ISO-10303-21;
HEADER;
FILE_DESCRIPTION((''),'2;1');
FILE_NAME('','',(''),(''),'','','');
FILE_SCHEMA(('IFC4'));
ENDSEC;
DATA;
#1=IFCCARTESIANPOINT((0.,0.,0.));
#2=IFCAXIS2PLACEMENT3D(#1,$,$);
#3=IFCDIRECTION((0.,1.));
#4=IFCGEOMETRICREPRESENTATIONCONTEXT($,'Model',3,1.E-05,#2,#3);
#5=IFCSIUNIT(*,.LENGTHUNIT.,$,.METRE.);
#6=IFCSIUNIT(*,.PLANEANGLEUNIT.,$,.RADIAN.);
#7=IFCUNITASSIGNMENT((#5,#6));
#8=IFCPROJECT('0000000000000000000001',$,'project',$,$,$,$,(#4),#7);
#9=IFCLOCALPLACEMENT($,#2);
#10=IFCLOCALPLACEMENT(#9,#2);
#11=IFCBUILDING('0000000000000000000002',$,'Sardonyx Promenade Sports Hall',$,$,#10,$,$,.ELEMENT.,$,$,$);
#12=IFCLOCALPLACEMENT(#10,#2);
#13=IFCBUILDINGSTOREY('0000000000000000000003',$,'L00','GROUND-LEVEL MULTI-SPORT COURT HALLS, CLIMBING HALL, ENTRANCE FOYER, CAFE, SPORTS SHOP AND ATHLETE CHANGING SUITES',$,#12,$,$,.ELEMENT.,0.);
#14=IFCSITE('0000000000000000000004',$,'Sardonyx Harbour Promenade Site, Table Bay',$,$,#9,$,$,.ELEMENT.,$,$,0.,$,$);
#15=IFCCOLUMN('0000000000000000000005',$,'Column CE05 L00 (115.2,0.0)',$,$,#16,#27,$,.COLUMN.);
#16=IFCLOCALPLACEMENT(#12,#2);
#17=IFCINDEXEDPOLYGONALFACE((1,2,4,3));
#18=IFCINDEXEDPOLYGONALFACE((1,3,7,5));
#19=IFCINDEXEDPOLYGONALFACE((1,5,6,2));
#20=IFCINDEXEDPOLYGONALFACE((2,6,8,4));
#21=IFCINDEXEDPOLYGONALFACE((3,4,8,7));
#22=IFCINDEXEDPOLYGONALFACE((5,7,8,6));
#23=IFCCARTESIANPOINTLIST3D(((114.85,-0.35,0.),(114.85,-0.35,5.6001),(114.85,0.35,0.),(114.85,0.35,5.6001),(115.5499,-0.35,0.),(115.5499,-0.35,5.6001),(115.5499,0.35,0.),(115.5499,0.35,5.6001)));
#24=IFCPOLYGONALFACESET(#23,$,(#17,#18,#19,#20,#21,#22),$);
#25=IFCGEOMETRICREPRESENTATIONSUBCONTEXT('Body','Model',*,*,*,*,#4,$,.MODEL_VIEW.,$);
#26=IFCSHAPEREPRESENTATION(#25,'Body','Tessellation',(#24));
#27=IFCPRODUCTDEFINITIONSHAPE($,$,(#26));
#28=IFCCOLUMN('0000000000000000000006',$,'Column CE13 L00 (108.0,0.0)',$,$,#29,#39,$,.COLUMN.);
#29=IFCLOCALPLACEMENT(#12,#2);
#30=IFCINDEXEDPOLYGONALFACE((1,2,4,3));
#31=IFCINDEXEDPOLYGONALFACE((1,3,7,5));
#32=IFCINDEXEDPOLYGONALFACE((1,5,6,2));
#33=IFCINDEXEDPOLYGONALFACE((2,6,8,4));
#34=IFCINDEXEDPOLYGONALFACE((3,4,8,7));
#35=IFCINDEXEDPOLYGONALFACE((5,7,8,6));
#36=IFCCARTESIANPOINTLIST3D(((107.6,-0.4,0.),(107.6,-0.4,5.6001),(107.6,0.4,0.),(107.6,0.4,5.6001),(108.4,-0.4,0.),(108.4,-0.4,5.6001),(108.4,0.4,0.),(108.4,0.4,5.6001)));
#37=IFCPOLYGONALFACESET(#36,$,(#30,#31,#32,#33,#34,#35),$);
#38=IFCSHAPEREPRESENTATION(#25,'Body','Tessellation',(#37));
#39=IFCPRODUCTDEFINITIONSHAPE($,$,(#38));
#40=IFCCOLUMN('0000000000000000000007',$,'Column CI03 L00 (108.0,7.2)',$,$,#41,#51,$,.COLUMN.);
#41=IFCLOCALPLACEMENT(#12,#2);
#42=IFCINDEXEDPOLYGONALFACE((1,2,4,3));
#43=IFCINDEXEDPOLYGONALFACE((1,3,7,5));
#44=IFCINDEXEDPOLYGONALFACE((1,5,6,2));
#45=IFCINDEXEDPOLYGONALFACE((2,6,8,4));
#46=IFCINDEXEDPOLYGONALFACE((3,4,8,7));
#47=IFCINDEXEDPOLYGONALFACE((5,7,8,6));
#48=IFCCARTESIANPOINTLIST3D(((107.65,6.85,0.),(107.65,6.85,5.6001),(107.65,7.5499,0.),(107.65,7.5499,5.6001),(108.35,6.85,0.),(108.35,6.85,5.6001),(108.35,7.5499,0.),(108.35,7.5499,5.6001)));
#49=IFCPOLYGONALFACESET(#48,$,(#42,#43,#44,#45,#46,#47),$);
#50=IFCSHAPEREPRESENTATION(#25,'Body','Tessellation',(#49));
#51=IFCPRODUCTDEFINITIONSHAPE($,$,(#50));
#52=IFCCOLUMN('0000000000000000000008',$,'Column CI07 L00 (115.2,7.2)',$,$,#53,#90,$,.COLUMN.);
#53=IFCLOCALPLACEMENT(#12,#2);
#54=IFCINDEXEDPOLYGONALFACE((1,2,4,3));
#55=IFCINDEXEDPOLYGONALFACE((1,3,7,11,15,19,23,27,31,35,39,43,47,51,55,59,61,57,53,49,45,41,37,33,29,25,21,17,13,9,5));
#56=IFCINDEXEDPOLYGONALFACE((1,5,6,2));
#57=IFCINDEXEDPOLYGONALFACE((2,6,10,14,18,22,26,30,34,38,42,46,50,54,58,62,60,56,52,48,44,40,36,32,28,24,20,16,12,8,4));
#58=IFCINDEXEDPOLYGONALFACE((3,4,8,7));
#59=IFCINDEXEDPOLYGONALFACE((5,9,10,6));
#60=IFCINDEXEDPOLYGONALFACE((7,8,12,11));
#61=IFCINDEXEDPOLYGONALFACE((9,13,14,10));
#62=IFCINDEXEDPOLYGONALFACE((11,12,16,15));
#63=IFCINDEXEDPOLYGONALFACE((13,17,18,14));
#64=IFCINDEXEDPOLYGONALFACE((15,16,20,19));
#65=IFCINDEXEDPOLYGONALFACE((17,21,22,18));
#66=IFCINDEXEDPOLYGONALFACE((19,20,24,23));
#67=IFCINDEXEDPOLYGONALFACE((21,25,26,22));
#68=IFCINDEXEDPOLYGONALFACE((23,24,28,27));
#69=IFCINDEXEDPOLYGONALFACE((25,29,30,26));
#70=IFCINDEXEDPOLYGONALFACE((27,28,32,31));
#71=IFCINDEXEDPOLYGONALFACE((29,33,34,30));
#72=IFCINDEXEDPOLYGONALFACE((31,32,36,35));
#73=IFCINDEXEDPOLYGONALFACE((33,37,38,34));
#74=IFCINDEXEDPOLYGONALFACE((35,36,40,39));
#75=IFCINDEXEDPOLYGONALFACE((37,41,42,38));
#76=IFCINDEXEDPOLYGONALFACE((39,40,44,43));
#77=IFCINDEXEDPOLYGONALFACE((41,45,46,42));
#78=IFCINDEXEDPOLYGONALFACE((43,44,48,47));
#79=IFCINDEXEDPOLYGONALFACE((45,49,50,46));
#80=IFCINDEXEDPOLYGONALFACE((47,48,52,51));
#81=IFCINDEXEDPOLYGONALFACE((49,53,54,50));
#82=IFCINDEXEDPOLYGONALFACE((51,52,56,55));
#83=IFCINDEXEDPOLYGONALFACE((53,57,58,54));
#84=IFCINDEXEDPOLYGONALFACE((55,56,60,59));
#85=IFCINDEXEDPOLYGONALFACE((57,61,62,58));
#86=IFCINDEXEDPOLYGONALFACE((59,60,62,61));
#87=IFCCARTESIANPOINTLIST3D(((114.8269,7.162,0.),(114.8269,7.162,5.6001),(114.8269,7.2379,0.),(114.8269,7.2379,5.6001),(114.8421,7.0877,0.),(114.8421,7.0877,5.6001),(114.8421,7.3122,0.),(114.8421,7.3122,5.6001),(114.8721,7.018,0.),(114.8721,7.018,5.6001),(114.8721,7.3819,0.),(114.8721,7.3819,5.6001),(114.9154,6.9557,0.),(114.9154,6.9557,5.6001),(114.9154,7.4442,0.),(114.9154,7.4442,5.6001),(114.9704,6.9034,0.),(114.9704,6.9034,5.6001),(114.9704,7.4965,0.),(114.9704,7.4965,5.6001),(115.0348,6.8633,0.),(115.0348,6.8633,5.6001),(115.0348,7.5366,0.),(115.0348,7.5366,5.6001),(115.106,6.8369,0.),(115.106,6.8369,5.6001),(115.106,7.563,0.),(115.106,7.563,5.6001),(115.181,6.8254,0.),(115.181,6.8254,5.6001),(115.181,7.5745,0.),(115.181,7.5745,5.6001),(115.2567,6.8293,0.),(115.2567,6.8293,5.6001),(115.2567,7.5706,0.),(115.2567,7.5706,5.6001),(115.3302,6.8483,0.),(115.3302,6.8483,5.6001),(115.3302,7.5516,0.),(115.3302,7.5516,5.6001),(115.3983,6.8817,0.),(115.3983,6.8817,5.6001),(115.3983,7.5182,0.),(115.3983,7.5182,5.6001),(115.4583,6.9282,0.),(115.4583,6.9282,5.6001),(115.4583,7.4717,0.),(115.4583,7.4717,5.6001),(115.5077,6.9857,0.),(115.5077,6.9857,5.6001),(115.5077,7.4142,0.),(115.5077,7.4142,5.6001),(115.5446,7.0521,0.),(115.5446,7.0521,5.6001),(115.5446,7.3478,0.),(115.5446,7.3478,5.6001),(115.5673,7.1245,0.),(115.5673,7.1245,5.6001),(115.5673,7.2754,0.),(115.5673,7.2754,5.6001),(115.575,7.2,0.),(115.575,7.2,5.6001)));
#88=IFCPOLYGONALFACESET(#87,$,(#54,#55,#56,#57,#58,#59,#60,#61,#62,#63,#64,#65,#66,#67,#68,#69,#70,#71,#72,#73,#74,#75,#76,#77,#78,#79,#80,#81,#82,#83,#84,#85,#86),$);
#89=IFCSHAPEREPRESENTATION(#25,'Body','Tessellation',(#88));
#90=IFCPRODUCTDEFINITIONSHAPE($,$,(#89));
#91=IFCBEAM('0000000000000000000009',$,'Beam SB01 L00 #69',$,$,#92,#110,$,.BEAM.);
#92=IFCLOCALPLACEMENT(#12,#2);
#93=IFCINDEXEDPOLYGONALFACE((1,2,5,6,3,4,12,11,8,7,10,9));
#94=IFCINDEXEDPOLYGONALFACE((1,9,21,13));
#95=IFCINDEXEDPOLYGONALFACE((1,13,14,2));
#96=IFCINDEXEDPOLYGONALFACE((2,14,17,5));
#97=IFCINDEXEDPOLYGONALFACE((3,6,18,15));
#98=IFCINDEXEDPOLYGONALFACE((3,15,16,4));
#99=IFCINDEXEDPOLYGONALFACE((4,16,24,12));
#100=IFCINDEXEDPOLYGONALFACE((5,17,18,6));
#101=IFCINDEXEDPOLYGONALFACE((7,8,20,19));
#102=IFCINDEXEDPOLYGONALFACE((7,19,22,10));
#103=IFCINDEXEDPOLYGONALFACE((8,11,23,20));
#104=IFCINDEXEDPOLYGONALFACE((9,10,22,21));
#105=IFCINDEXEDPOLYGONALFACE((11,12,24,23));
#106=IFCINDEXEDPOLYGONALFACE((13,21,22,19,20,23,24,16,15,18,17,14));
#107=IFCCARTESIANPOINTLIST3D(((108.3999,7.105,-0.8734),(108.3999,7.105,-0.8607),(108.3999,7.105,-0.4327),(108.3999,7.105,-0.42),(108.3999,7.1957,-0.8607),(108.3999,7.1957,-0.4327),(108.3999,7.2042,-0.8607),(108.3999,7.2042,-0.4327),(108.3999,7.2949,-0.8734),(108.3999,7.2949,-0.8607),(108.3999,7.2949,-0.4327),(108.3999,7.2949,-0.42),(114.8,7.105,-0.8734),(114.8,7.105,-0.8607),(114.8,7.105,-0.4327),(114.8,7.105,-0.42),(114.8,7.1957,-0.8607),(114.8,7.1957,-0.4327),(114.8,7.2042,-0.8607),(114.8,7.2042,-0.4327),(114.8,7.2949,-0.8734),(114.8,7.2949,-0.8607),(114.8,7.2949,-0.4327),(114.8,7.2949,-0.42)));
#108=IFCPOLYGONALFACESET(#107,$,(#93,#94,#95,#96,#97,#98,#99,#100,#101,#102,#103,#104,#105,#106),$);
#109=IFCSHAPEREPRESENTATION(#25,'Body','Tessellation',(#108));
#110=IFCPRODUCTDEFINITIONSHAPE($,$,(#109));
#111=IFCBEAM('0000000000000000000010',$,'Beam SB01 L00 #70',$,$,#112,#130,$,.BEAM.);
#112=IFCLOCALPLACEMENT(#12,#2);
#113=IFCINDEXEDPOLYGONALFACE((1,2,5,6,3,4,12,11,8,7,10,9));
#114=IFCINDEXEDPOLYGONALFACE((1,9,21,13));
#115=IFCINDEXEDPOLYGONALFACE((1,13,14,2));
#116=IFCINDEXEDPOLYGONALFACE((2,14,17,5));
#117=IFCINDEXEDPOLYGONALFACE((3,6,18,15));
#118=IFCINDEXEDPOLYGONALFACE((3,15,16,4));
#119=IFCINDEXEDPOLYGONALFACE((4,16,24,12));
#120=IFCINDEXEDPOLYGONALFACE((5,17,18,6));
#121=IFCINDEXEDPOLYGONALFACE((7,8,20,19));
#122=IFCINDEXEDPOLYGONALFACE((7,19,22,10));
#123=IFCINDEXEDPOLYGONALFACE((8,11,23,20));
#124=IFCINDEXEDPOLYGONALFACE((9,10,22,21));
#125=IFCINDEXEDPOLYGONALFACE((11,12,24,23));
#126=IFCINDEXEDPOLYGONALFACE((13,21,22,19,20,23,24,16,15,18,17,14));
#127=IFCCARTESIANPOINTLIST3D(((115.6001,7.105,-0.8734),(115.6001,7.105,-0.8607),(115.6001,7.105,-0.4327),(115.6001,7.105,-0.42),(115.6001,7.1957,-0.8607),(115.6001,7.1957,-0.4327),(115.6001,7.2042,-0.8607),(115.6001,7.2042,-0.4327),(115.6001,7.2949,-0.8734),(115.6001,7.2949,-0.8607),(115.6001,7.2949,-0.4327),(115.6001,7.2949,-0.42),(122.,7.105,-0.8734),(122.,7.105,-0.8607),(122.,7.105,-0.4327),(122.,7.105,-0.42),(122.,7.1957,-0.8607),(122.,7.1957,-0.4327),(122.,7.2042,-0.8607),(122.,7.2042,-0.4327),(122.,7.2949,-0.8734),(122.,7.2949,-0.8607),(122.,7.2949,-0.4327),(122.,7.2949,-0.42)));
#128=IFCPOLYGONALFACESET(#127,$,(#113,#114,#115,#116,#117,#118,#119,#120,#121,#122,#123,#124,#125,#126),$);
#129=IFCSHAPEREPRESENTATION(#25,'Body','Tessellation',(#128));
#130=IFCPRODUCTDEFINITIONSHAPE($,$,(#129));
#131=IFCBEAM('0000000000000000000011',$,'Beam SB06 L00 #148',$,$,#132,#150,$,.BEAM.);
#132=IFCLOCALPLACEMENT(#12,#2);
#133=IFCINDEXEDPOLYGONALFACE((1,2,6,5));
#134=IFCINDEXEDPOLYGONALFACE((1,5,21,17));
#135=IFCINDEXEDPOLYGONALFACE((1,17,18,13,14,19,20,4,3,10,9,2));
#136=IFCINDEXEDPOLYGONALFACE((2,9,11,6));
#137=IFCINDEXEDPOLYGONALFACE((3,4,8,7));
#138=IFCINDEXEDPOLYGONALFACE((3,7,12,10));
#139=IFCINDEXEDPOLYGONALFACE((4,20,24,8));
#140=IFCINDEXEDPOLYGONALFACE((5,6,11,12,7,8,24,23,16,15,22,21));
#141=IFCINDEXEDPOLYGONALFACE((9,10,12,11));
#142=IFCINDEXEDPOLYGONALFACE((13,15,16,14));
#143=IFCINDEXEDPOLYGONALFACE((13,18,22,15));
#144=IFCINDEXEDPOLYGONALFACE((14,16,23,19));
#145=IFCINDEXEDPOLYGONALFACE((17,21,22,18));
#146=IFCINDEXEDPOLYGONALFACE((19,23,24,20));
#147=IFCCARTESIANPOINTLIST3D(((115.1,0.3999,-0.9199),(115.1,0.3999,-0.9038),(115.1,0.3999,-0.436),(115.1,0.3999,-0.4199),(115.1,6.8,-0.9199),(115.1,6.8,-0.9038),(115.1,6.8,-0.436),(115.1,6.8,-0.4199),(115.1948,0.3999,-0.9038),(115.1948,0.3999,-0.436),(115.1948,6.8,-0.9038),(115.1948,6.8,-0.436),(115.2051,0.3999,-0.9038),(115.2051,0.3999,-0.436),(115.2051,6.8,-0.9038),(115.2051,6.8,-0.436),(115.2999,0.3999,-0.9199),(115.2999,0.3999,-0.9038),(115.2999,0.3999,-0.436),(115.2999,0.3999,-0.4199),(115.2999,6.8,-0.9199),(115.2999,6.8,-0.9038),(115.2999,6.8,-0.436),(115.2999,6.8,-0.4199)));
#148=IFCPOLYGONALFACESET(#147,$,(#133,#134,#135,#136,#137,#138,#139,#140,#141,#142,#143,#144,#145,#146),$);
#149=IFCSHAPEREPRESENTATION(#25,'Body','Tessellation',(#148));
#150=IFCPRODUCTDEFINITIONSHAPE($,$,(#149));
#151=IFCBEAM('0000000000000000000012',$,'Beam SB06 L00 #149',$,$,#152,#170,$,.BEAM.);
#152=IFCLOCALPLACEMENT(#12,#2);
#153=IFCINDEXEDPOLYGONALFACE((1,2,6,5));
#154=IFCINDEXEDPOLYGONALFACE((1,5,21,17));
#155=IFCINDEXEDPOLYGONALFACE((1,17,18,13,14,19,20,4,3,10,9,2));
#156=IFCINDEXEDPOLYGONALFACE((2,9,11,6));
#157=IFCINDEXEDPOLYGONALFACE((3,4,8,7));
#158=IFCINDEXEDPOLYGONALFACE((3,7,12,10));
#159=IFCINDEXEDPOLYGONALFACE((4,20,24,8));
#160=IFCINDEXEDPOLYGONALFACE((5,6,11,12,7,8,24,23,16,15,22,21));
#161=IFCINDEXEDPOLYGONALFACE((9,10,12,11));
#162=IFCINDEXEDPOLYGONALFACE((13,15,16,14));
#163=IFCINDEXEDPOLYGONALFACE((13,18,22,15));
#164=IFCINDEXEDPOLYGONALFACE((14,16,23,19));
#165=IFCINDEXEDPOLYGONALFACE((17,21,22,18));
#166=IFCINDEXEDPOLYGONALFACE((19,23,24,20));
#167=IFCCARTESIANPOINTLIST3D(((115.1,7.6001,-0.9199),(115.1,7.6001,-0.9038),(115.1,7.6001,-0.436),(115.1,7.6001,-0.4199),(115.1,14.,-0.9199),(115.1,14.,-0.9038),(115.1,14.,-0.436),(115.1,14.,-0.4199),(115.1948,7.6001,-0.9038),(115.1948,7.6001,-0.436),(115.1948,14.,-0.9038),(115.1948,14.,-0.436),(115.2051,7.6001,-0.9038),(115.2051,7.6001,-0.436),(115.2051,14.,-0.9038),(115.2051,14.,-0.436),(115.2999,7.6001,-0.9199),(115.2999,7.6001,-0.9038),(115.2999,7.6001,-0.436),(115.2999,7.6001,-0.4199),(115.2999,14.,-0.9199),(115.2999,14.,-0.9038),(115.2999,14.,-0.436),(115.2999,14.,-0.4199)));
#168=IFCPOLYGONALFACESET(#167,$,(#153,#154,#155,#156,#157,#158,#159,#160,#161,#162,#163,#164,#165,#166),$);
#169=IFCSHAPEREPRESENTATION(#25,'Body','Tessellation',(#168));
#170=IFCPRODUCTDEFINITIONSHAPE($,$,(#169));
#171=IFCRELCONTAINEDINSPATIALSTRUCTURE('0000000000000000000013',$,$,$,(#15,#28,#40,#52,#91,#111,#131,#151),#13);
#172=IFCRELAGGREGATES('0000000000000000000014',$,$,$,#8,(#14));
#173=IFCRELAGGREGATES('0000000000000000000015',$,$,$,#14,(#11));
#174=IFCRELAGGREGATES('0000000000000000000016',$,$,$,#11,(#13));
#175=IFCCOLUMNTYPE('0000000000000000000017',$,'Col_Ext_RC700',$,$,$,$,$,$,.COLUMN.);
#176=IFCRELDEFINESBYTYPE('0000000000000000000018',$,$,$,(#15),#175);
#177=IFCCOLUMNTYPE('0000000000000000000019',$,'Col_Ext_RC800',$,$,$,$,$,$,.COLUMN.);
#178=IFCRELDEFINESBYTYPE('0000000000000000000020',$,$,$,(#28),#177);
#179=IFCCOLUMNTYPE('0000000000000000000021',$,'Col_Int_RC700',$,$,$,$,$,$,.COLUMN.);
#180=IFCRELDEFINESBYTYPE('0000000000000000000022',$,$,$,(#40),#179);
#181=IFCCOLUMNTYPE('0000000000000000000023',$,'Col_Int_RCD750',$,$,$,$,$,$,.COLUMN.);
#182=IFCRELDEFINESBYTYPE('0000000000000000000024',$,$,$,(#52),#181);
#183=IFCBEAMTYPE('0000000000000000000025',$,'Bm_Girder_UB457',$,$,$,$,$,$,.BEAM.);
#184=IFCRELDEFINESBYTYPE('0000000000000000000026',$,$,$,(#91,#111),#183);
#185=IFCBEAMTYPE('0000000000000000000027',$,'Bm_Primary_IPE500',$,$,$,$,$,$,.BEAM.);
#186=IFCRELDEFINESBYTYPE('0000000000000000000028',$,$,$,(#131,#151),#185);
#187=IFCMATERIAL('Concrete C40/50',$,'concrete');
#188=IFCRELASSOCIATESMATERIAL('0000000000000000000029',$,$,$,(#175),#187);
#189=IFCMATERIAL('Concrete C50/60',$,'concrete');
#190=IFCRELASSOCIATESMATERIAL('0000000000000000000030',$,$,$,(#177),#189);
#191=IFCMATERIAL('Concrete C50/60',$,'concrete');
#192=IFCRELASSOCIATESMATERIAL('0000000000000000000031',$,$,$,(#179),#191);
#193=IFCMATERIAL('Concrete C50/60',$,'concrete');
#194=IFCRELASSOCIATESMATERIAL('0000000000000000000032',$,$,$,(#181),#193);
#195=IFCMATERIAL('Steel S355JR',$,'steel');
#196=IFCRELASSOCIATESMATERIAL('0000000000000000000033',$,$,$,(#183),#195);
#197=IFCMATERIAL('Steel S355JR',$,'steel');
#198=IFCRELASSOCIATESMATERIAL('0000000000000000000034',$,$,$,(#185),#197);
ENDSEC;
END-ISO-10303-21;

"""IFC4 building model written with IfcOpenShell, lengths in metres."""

from ifc_helpers import new_model, si_unit, direction, frame, origin, origin_2d, place, context, subcontext, project, spatial, rectangle, circle, i_section, extrude, material, material_profile, profile_set, type_object, element, save


model = new_model("IFC4")

# Units and contexts
model_context = context("Model", 3, precision=1e-05, world=origin(), true_north=direction((0.0, 1.0)))
body_context = subcontext(model_context, "Body", "Model", "MODEL_VIEW")
ifc_project = project(units=[si_unit("LENGTHUNIT", "METRE"), si_unit("PLANEANGLEUNIT", "RADIAN")], contexts=[model_context])

# Site, building, storey
site_placement = place(None, origin())
site = spatial("IfcSite", under=ifc_project, at=site_placement, Name="Sardonyx Harbour Promenade Site, Table Bay", CompositionType="ELEMENT", RefElevation=0.0)
building_placement = place(site_placement, origin())
building = spatial("IfcBuilding", under=site, at=building_placement, Name="Sardonyx Promenade Sports Hall", CompositionType="ELEMENT")
storey_placement = place(building_placement, origin())
storey = spatial("IfcBuildingStorey", under=building, at=storey_placement, Name="L00", Description="GROUND-LEVEL MULTI-SPORT COURT HALLS, CLIMBING HALL, ENTRANCE FOYER, CAFE, SPORTS SHOP AND ATHLETE CHANGING SUITES", CompositionType="ELEMENT", Elevation=0.0)

# Columns
ifc_material_1 = material(Name="Concrete C40/50", Category="concrete")
ifc_material_profile_1 = material_profile(ifc_material_1, rectangle(XDim=0.7, YDim=0.7, at=origin_2d()))
ifc_profile_set_1 = profile_set([ifc_material_profile_1], Name="Concrete C40/50")
column_type_1 = type_object("IfcColumnType", Name="Col_Ext_RC700", PredefinedType="COLUMN", material=ifc_profile_set_1)
column_1_placement = place(storey_placement, frame((115.2, 0.0, 0.0), z_axis=(0.0, 0.0, 1.0), x_axis=(1.0, 0.0, 0.0)))
element("IfcColumn", 1, at=column_1_placement, inside=storey, type_object=column_type_1, Name="Column CE05 L00 (115.2,0.0)", PredefinedType="COLUMN", context=body_context, shape_type="SweptSolid", body=[
    extrude(rectangle(XDim=0.7, YDim=0.7, at=origin_2d()), origin(), (0.0, 0.0, 1.0), 5.6001),
])
ifc_material_2 = material(Name="Concrete C50/60", Category="concrete")
ifc_material_profile_2 = material_profile(ifc_material_2, rectangle(XDim=0.8, YDim=0.8, at=origin_2d()))
ifc_profile_set_2 = profile_set([ifc_material_profile_2], Name="Concrete C50/60")
column_type_2 = type_object("IfcColumnType", Name="Col_Ext_RC800", PredefinedType="COLUMN", material=ifc_profile_set_2)
column_2_placement = place(storey_placement, frame((108.0, 0.0, 0.0), z_axis=(0.0, 0.0, 1.0), x_axis=(1.0, 0.0, 0.0)))
element("IfcColumn", 2, at=column_2_placement, inside=storey, type_object=column_type_2, Name="Column CE13 L00 (108.0,0.0)", PredefinedType="COLUMN", context=body_context, shape_type="SweptSolid", body=[
    extrude(rectangle(XDim=0.8, YDim=0.8, at=origin_2d()), origin(), (0.0, 0.0, 1.0), 5.6001),
])
ifc_material_3 = material(Name="Concrete C50/60", Category="concrete")
ifc_material_profile_3 = material_profile(ifc_material_3, rectangle(XDim=0.7, YDim=0.7, at=origin_2d()))
ifc_profile_set_3 = profile_set([ifc_material_profile_3], Name="Concrete C50/60")
column_type_3 = type_object("IfcColumnType", Name="Col_Int_RC700", PredefinedType="COLUMN", material=ifc_profile_set_3)
column_3_placement = place(storey_placement, frame((108.0, 7.2, 0.0), z_axis=(0.0, 0.0, 1.0), x_axis=(1.0, 0.0, 0.0)))
element("IfcColumn", 3, at=column_3_placement, inside=storey, type_object=column_type_3, Name="Column CI03 L00 (108.0,7.2)", PredefinedType="COLUMN", context=body_context, shape_type="SweptSolid", body=[
    extrude(rectangle(XDim=0.7, YDim=0.7, at=origin_2d()), origin(), (0.0, 0.0, 1.0), 5.6001),
])
ifc_material_4 = material(Name="Concrete C50/60", Category="concrete")
ifc_material_profile_4 = material_profile(ifc_material_4, circle(Radius=0.375, at=origin_2d()))
ifc_profile_set_4 = profile_set([ifc_material_profile_4], Name="Concrete C50/60")
column_type_4 = type_object("IfcColumnType", Name="Col_Int_RCD750", PredefinedType="COLUMN", material=ifc_profile_set_4)
column_4_placement = place(storey_placement, frame((115.2, 7.2, 0.0), z_axis=(0.0, 0.0, 1.0), x_axis=(1.0, 0.0, 0.0)))
element("IfcColumn", 4, at=column_4_placement, inside=storey, type_object=column_type_4, Name="Column CI07 L00 (115.2,7.2)", PredefinedType="COLUMN", context=body_context, shape_type="SweptSolid", body=[
    extrude(circle(Radius=0.375, at=origin_2d()), origin(), (0.0, 0.0, 1.0), 5.6001),
])

# Beams
ifc_material_5 = material(Name="Steel S355JR", Category="steel")
ifc_material_profile_5 = material_profile(ifc_material_5, i_section(OverallWidth=0.1899, OverallDepth=0.4534, WebThickness=0.0085, FlangeThickness=0.0127, at=origin_2d()))
ifc_profile_set_5 = profile_set([ifc_material_profile_5], Name="Steel S355JR")
beam_type_1 = type_object("IfcBeamType", Name="Bm_Girder_UB457", PredefinedType="BEAM", material=ifc_profile_set_5)
beam_1_placement = place(storey_placement, frame((108.3999, 7.2, -0.6467), z_axis=(1.0, 0.0, 0.0), x_axis=(0.0, 1.0, 0.0)))
element("IfcBeam", 5, at=beam_1_placement, inside=storey, type_object=beam_type_1, Name="Beam SB01 L00 #69", PredefinedType="BEAM", context=body_context, shape_type="SweptSolid", body=[
    extrude(i_section(OverallWidth=0.1899, OverallDepth=0.4534, WebThickness=0.0085, FlangeThickness=0.0127, at=origin_2d()), origin(), (0.0, 0.0, 1.0), 6.4001),
])
beam_2_placement = place(storey_placement, frame((115.6001, 7.2, -0.6467), z_axis=(1.0, 0.0, 0.0), x_axis=(0.0, 1.0, 0.0)))
element("IfcBeam", 6, at=beam_2_placement, inside=storey, type_object=beam_type_1, Name="Beam SB01 L00 #70", PredefinedType="BEAM", context=body_context, shape_type="SweptSolid", body=[
    extrude(i_section(OverallWidth=0.1899, OverallDepth=0.4534, WebThickness=0.0085, FlangeThickness=0.0127, at=origin_2d()), origin(), (0.0, 0.0, 1.0), 6.3999),
])
ifc_material_6 = material(Name="Steel S355JR", Category="steel")
ifc_material_profile_6 = material_profile(ifc_material_6, i_section(OverallWidth=0.2, OverallDepth=0.5, WebThickness=0.0103, FlangeThickness=0.0161, at=origin_2d()))
ifc_profile_set_6 = profile_set([ifc_material_profile_6], Name="Steel S355JR")
beam_type_2 = type_object("IfcBeamType", Name="Bm_Primary_IPE500", PredefinedType="BEAM", material=ifc_profile_set_6)
beam_3_placement = place(storey_placement, frame((115.2, 0.3999, -0.6699), z_axis=(0.0, 1.0, 0.0), x_axis=(-1.0, 0.0, 0.0)))
element("IfcBeam", 7, at=beam_3_placement, inside=storey, type_object=beam_type_2, Name="Beam SB06 L00 #148", PredefinedType="BEAM", context=body_context, shape_type="SweptSolid", body=[
    extrude(i_section(OverallWidth=0.2, OverallDepth=0.5, WebThickness=0.0103, FlangeThickness=0.0161, at=origin_2d()), origin(), (0.0, 0.0, 1.0), 6.4001),
])
beam_4_placement = place(storey_placement, frame((115.2, 7.6001, -0.6699), z_axis=(0.0, 1.0, 0.0), x_axis=(-1.0, 0.0, 0.0)))
element("IfcBeam", 8, at=beam_4_placement, inside=storey, type_object=beam_type_2, Name="Beam SB06 L00 #149", PredefinedType="BEAM", context=body_context, shape_type="SweptSolid", body=[
    extrude(i_section(OverallWidth=0.2, OverallDepth=0.5, WebThickness=0.0103, FlangeThickness=0.0161, at=origin_2d()), origin(), (0.0, 0.0, 1.0), 6.3999),
])

save(model, "model.ifc")
